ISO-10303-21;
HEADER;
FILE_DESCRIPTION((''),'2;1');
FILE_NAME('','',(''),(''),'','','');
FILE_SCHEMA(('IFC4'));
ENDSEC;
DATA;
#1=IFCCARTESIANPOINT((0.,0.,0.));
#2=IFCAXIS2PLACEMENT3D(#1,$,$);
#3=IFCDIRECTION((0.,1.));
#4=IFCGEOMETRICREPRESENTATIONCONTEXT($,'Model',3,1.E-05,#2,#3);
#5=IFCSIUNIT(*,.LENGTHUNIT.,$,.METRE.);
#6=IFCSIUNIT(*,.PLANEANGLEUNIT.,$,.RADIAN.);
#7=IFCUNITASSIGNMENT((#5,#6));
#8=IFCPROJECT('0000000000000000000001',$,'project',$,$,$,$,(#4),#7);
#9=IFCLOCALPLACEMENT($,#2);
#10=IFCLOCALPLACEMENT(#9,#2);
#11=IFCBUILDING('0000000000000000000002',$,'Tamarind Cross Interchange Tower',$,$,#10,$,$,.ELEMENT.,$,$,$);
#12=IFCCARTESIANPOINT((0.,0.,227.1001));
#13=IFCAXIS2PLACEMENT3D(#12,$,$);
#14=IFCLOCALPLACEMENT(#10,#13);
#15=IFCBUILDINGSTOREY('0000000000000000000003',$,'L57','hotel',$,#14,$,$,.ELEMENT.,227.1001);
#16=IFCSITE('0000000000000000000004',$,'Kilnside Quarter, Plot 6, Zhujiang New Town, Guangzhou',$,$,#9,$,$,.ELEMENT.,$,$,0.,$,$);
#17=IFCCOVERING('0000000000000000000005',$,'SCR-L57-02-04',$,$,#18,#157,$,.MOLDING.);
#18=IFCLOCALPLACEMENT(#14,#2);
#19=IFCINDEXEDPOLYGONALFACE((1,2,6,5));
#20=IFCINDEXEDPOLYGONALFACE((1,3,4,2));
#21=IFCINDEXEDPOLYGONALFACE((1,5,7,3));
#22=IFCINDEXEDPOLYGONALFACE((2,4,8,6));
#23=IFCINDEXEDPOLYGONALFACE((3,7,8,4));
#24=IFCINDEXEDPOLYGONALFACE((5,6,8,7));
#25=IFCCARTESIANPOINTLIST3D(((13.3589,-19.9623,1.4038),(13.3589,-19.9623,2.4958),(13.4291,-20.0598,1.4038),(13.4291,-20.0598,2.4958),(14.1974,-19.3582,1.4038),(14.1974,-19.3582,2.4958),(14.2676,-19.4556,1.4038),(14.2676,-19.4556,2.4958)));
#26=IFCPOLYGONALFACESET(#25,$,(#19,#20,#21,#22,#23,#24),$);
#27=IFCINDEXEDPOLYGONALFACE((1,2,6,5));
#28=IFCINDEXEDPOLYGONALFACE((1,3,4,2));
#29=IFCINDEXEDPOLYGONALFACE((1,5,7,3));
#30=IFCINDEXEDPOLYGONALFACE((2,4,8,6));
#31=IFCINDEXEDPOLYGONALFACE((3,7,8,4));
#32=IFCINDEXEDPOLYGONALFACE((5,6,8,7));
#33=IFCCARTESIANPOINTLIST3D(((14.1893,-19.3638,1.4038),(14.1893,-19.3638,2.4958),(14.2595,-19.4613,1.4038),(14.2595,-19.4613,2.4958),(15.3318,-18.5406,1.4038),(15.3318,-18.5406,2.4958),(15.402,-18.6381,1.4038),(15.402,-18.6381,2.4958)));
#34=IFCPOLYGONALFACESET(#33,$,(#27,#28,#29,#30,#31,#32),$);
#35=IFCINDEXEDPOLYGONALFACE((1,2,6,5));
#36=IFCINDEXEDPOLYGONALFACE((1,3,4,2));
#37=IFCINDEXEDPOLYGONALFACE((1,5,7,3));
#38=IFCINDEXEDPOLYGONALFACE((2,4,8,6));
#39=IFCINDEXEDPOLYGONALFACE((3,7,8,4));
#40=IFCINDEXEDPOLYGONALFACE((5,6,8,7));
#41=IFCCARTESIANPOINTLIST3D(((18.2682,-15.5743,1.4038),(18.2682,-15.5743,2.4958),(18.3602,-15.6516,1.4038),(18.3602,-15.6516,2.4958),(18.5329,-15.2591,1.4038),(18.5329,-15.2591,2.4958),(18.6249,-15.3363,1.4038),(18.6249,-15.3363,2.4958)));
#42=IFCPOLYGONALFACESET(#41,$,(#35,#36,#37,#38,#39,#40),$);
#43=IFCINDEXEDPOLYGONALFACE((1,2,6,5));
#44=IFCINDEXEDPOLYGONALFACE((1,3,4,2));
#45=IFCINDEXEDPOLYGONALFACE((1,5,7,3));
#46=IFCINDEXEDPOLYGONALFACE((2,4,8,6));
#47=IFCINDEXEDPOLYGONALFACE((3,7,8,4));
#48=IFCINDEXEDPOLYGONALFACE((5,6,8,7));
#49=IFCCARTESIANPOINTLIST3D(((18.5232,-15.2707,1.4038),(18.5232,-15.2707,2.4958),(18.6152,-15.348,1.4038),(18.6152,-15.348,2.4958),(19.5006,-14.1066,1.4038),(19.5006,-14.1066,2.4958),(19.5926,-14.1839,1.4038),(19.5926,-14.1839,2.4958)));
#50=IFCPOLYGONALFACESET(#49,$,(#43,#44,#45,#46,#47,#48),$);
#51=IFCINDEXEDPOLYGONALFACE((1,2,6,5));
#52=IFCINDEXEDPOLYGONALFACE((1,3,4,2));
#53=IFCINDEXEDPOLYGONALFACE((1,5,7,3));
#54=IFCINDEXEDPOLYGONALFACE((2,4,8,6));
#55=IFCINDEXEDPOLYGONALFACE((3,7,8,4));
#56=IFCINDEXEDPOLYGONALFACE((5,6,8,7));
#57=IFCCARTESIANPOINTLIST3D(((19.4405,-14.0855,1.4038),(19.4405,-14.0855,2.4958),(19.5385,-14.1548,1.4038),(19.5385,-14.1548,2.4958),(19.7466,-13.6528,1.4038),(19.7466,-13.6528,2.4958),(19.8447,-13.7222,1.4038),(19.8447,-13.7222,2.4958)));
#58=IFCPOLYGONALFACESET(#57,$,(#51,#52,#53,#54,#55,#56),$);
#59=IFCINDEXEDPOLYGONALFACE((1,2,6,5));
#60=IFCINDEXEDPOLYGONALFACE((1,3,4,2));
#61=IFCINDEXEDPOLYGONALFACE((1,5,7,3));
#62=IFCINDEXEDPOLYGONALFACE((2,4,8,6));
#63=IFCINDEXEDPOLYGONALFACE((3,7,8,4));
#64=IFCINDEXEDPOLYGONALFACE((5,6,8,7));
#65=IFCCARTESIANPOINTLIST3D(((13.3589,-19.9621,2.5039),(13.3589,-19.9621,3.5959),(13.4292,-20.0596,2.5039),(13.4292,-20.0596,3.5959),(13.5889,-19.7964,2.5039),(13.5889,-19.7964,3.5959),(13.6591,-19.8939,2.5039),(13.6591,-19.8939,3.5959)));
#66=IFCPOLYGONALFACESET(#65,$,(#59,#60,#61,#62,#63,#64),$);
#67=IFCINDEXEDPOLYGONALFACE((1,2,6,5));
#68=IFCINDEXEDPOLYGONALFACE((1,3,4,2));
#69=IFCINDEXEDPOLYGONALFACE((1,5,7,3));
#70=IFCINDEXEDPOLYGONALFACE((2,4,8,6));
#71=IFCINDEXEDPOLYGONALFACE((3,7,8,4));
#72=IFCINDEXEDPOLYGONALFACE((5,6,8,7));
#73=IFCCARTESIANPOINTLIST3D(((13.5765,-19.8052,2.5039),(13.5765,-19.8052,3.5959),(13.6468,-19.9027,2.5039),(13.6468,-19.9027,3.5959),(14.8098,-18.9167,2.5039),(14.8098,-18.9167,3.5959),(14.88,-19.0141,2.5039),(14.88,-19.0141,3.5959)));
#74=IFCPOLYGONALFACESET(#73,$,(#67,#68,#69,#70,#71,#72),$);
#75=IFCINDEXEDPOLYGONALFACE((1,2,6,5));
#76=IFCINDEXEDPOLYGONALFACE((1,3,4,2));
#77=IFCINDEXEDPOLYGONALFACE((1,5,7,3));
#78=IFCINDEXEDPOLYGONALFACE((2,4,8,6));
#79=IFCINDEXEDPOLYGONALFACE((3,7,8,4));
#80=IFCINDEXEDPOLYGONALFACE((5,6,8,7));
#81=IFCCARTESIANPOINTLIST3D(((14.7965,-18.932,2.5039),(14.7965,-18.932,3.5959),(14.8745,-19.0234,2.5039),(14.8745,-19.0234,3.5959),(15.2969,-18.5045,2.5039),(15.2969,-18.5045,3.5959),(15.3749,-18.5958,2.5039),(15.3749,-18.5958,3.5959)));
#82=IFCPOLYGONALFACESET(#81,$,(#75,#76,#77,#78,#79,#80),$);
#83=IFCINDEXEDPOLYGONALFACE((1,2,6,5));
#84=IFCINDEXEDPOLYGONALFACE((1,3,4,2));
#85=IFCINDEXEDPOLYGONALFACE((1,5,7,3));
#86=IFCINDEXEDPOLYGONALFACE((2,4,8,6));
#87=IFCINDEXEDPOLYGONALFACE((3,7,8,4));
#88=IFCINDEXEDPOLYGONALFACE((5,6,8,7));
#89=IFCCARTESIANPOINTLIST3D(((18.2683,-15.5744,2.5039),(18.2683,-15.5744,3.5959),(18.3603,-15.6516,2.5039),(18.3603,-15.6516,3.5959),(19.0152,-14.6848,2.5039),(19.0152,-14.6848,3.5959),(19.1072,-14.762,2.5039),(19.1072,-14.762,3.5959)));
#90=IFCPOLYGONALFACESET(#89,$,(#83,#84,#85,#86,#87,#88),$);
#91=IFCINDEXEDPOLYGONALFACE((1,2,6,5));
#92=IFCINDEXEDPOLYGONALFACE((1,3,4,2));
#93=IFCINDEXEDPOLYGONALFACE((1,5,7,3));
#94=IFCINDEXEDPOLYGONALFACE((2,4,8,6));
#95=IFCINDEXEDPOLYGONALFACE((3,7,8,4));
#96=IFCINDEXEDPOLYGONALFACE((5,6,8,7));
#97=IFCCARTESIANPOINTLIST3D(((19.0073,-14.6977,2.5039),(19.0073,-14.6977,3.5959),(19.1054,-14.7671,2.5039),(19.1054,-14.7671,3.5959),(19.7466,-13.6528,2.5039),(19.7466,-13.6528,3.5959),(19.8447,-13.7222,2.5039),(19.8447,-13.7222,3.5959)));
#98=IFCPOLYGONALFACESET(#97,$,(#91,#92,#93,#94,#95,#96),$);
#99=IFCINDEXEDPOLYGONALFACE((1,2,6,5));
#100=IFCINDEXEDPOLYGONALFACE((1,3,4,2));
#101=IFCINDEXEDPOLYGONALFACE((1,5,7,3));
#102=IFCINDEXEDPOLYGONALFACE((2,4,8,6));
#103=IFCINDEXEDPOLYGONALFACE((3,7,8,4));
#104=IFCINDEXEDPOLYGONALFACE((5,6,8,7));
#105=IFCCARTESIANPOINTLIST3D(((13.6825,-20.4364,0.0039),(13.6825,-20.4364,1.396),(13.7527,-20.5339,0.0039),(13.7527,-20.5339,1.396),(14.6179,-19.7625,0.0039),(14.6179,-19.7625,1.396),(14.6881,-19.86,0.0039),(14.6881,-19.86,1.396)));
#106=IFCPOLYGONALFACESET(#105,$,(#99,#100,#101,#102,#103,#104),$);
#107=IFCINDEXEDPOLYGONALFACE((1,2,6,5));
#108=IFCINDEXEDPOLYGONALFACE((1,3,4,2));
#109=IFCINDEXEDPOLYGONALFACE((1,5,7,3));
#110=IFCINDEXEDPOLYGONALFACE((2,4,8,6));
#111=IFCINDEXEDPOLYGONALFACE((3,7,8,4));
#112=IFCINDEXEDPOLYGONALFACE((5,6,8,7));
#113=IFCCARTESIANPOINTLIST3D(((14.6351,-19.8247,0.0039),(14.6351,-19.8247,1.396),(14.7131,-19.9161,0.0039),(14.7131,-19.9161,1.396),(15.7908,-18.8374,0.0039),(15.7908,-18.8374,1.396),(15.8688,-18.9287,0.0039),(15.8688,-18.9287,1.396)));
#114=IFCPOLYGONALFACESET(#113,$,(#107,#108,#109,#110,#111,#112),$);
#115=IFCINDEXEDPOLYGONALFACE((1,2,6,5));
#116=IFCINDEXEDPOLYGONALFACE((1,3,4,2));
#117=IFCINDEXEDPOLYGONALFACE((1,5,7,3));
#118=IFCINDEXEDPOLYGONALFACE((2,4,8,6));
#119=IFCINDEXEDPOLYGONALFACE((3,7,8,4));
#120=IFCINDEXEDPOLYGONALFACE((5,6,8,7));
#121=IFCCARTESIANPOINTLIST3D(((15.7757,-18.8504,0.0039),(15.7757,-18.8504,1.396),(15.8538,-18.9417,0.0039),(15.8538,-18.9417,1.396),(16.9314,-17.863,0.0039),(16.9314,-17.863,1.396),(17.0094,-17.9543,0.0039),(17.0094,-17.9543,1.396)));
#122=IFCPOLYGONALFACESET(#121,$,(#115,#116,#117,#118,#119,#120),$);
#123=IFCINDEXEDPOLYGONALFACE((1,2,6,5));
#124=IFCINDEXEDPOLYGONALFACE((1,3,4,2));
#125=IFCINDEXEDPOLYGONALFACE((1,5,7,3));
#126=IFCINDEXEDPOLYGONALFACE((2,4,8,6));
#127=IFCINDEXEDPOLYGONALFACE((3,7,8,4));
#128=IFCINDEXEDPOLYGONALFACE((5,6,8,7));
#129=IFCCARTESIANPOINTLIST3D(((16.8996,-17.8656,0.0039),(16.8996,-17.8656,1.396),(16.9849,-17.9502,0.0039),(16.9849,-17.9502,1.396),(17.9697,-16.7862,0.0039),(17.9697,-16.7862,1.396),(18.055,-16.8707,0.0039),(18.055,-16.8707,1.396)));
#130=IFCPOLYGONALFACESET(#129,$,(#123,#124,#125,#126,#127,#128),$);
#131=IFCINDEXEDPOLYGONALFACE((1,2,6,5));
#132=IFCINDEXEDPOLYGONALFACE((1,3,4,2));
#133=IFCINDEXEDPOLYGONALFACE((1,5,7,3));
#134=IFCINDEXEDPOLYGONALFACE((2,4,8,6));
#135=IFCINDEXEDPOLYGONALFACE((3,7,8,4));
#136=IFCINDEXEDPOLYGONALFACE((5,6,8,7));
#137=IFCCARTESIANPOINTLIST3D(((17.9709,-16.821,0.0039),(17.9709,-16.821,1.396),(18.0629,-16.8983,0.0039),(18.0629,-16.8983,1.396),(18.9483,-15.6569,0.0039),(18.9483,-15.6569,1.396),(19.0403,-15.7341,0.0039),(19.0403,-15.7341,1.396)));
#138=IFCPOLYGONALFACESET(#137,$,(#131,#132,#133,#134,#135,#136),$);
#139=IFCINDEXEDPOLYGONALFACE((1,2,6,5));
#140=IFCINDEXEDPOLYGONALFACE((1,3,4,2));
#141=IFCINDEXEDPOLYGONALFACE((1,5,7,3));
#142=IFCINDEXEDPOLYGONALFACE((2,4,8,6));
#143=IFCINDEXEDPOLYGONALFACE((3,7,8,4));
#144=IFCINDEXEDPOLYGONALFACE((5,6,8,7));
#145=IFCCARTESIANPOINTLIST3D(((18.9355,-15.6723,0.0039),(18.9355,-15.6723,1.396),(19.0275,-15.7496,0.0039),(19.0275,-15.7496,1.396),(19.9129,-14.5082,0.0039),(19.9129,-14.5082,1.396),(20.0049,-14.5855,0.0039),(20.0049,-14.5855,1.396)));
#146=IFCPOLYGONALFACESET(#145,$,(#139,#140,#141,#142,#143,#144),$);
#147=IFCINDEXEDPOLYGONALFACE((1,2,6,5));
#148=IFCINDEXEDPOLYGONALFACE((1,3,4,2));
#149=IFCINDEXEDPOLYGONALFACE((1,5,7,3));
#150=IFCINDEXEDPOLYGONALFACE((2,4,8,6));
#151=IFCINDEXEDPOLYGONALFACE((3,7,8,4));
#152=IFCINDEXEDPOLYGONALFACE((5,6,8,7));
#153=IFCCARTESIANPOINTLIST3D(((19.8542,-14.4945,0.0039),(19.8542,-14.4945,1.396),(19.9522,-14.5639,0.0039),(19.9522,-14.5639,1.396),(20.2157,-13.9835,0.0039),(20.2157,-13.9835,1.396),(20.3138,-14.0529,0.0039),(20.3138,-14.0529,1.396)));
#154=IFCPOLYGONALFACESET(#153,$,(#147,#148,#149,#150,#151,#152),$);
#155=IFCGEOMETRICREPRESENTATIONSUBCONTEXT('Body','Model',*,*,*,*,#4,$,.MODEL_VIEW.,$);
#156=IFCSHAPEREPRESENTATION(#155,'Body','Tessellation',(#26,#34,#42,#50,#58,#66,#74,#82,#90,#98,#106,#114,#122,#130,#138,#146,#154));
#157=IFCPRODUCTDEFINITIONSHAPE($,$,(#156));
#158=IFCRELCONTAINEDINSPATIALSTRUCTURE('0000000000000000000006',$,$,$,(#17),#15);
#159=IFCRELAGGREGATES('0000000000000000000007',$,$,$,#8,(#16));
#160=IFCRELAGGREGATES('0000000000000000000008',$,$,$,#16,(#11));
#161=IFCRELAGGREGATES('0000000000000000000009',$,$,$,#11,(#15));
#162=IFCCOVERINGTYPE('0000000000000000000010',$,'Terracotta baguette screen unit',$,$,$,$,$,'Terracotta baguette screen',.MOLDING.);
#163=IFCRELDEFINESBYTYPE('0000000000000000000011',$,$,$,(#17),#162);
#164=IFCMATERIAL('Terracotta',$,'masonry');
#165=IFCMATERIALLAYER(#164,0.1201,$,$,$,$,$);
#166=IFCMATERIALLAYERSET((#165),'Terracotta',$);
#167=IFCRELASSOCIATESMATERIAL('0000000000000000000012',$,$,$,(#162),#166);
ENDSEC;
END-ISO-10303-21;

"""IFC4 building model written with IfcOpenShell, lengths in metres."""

from ifc_helpers import new_model, si_unit, direction, frame, origin, origin_2d, place, context, subcontext, project, spatial, rectangle, extrude, material, layer, layer_set, type_object, element, save


model = new_model("IFC4")

# Units and contexts
model_context = context("Model", 3, precision=1e-05, world=origin(), true_north=direction((0.0, 1.0)))
body_context = subcontext(model_context, "Body", "Model", "MODEL_VIEW")
ifc_project = project(units=[si_unit("LENGTHUNIT", "METRE"), si_unit("PLANEANGLEUNIT", "RADIAN")], contexts=[model_context])

# Site, building, storey
site_placement = place(None, origin())
site = spatial("IfcSite", under=ifc_project, at=site_placement, Name="Kilnside Quarter, Plot 6, Zhujiang New Town, Guangzhou", CompositionType="ELEMENT", RefElevation=0.0)
building_placement = place(site_placement, origin())
building = spatial("IfcBuilding", under=site, at=building_placement, Name="Tamarind Cross Interchange Tower", CompositionType="ELEMENT")
storey_placement = place(building_placement, frame((0.0, 0.0, 227.1001)))
storey = spatial("IfcBuildingStorey", under=building, at=storey_placement, Name="L57", Description="hotel", CompositionType="ELEMENT", Elevation=227.1001)

# Covering
ifc_material_1 = material(Name="Terracotta", Category="masonry")
ifc_layer_1 = layer(ifc_material_1, 0.1201)
ifc_layer_set_1 = layer_set([ifc_layer_1], Name="Terracotta")
covering_type = type_object("IfcCoveringType", Name="Terracotta baguette screen unit", ElementType="Terracotta baguette screen", PredefinedType="MOLDING", material=ifc_layer_set_1)
covering_1_placement = place(storey_placement, origin())
element("IfcCovering", 1, at=covering_1_placement, inside=storey, type_object=covering_type, Name="SCR-L57-02-04", PredefinedType="MOLDING", context=body_context, shape_type="SweptSolid", body=[
    extrude(rectangle(XDim=1.0334, YDim=0.1201, at=origin_2d()), frame((13.8132, -19.709, 1.4038), z_axis=(0.0, 0.0, 1.0), x_axis=(0.81134, 0.584574, 0.0)), (0.0, 0.0, 1.0), 1.092),
    extrude(rectangle(XDim=1.4082, YDim=0.1201, at=origin_2d()), frame((14.7957, -19.001, 1.4038), z_axis=(0.0, 0.0, 1.0), x_axis=(0.81134, 0.584574, 0.0)), (0.0, 0.0, 1.0), 1.092),
    extrude(rectangle(XDim=0.4116, YDim=0.1201, at=origin_2d()), frame((18.4465, -15.4553, 1.4038), z_axis=(0.0, 0.0, 1.0), x_axis=(0.643009, 0.765858, 0.0)), (0.0, 0.0, 1.0), 1.092),
    extrude(rectangle(XDim=1.52, YDim=0.1201, at=origin_2d()), frame((19.0579, -14.7273, 1.4038), z_axis=(0.0, 0.0, 1.0), x_axis=(0.643009, 0.765858, 0.0)), (0.0, 0.0, 1.0), 1.092),
    extrude(rectangle(XDim=0.53, YDim=0.1201, at=origin_2d()), frame((19.6426, -13.9038, 1.4038), z_axis=(0.0, 0.0, 1.0), x_axis=(0.577569, 0.816342, 0.0)), (0.0, 0.0, 1.0), 1.092),
    extrude(rectangle(XDim=0.2834, YDim=0.1201, at=origin_2d()), frame((13.509, -19.928, 2.5039), z_axis=(0.0, 0.0, 1.0), x_axis=(0.81134, 0.584574, 0.0)), (0.0, 0.0, 1.0), 1.092),
    extrude(rectangle(XDim=1.52, YDim=0.1201, at=origin_2d()), frame((14.2283, -19.4097, 2.5039), z_axis=(0.0, 0.0, 1.0), x_axis=(0.81134, 0.584574, 0.0)), (0.0, 0.0, 1.0), 1.092),
    extrude(rectangle(XDim=0.6582, YDim=0.1201, at=origin_2d()), frame((15.0857, -18.7639, 2.5039), z_axis=(0.0, 0.0, 1.0), x_axis=(0.760296, 0.649577, 0.0)), (0.0, 0.0, 1.0), 1.092),
    extrude(rectangle(XDim=1.1616, YDim=0.1201, at=origin_2d()), frame((18.6877, -15.1682, 2.5039), z_axis=(0.0, 0.0, 1.0), x_axis=(0.643009, 0.765858, 0.0)), (0.0, 0.0, 1.0), 1.092),
    extrude(rectangle(XDim=1.28, YDim=0.1201, at=origin_2d()), frame((19.426, -14.21, 2.5039), z_axis=(0.0, 0.0, 1.0), x_axis=(0.577569, 0.816342, 0.0)), (0.0, 0.0, 1.0), 1.092),
    extrude(rectangle(XDim=1.1528, YDim=0.1201, at=origin_2d()), frame((14.1853, -20.1482, 0.0039), z_axis=(0.0, 0.0, 1.0), x_axis=(0.81134, 0.584574, 0.0)), (0.0, 0.0, 1.0), 1.3921),
    extrude(rectangle(XDim=1.52, YDim=0.1201, at=origin_2d()), frame((15.252, -19.3767, 0.0039), z_axis=(0.0, 0.0, 1.0), x_axis=(0.760296, 0.649577, 0.0)), (0.0, 0.0, 1.0), 1.3921),
    extrude(rectangle(XDim=1.52, YDim=0.1201, at=origin_2d()), frame((16.3926, -18.4023, 0.0039), z_axis=(0.0, 0.0, 1.0), x_axis=(0.760296, 0.649577, 0.0)), (0.0, 0.0, 1.0), 1.3921),
    extrude(rectangle(XDim=1.52, YDim=0.1201, at=origin_2d()), frame((17.4773, -17.3682, 0.0039), z_axis=(0.0, 0.0, 1.0), x_axis=(0.704057, 0.710143, 0.0)), (0.0, 0.0, 1.0), 1.3921),
    extrude(rectangle(XDim=1.52, YDim=0.1201, at=origin_2d()), frame((18.5056, -16.2776, 0.0039), z_axis=(0.0, 0.0, 1.0), x_axis=(0.643009, 0.765858, 0.0)), (0.0, 0.0, 1.0), 1.3921),
    extrude(rectangle(XDim=1.52, YDim=0.1201, at=origin_2d()), frame((19.4702, -15.1289, 0.0039), z_axis=(0.0, 0.0, 1.0), x_axis=(0.643009, 0.765858, 0.0)), (0.0, 0.0, 1.0), 1.3921),
    extrude(rectangle(XDim=0.626, YDim=0.1201, at=origin_2d()), frame((20.084, -14.2737, 0.0039), z_axis=(0.0, 0.0, 1.0), x_axis=(0.577569, 0.816342, 0.0)), (0.0, 0.0, 1.0), 1.3921),
])

save(model, "model.ifc")
